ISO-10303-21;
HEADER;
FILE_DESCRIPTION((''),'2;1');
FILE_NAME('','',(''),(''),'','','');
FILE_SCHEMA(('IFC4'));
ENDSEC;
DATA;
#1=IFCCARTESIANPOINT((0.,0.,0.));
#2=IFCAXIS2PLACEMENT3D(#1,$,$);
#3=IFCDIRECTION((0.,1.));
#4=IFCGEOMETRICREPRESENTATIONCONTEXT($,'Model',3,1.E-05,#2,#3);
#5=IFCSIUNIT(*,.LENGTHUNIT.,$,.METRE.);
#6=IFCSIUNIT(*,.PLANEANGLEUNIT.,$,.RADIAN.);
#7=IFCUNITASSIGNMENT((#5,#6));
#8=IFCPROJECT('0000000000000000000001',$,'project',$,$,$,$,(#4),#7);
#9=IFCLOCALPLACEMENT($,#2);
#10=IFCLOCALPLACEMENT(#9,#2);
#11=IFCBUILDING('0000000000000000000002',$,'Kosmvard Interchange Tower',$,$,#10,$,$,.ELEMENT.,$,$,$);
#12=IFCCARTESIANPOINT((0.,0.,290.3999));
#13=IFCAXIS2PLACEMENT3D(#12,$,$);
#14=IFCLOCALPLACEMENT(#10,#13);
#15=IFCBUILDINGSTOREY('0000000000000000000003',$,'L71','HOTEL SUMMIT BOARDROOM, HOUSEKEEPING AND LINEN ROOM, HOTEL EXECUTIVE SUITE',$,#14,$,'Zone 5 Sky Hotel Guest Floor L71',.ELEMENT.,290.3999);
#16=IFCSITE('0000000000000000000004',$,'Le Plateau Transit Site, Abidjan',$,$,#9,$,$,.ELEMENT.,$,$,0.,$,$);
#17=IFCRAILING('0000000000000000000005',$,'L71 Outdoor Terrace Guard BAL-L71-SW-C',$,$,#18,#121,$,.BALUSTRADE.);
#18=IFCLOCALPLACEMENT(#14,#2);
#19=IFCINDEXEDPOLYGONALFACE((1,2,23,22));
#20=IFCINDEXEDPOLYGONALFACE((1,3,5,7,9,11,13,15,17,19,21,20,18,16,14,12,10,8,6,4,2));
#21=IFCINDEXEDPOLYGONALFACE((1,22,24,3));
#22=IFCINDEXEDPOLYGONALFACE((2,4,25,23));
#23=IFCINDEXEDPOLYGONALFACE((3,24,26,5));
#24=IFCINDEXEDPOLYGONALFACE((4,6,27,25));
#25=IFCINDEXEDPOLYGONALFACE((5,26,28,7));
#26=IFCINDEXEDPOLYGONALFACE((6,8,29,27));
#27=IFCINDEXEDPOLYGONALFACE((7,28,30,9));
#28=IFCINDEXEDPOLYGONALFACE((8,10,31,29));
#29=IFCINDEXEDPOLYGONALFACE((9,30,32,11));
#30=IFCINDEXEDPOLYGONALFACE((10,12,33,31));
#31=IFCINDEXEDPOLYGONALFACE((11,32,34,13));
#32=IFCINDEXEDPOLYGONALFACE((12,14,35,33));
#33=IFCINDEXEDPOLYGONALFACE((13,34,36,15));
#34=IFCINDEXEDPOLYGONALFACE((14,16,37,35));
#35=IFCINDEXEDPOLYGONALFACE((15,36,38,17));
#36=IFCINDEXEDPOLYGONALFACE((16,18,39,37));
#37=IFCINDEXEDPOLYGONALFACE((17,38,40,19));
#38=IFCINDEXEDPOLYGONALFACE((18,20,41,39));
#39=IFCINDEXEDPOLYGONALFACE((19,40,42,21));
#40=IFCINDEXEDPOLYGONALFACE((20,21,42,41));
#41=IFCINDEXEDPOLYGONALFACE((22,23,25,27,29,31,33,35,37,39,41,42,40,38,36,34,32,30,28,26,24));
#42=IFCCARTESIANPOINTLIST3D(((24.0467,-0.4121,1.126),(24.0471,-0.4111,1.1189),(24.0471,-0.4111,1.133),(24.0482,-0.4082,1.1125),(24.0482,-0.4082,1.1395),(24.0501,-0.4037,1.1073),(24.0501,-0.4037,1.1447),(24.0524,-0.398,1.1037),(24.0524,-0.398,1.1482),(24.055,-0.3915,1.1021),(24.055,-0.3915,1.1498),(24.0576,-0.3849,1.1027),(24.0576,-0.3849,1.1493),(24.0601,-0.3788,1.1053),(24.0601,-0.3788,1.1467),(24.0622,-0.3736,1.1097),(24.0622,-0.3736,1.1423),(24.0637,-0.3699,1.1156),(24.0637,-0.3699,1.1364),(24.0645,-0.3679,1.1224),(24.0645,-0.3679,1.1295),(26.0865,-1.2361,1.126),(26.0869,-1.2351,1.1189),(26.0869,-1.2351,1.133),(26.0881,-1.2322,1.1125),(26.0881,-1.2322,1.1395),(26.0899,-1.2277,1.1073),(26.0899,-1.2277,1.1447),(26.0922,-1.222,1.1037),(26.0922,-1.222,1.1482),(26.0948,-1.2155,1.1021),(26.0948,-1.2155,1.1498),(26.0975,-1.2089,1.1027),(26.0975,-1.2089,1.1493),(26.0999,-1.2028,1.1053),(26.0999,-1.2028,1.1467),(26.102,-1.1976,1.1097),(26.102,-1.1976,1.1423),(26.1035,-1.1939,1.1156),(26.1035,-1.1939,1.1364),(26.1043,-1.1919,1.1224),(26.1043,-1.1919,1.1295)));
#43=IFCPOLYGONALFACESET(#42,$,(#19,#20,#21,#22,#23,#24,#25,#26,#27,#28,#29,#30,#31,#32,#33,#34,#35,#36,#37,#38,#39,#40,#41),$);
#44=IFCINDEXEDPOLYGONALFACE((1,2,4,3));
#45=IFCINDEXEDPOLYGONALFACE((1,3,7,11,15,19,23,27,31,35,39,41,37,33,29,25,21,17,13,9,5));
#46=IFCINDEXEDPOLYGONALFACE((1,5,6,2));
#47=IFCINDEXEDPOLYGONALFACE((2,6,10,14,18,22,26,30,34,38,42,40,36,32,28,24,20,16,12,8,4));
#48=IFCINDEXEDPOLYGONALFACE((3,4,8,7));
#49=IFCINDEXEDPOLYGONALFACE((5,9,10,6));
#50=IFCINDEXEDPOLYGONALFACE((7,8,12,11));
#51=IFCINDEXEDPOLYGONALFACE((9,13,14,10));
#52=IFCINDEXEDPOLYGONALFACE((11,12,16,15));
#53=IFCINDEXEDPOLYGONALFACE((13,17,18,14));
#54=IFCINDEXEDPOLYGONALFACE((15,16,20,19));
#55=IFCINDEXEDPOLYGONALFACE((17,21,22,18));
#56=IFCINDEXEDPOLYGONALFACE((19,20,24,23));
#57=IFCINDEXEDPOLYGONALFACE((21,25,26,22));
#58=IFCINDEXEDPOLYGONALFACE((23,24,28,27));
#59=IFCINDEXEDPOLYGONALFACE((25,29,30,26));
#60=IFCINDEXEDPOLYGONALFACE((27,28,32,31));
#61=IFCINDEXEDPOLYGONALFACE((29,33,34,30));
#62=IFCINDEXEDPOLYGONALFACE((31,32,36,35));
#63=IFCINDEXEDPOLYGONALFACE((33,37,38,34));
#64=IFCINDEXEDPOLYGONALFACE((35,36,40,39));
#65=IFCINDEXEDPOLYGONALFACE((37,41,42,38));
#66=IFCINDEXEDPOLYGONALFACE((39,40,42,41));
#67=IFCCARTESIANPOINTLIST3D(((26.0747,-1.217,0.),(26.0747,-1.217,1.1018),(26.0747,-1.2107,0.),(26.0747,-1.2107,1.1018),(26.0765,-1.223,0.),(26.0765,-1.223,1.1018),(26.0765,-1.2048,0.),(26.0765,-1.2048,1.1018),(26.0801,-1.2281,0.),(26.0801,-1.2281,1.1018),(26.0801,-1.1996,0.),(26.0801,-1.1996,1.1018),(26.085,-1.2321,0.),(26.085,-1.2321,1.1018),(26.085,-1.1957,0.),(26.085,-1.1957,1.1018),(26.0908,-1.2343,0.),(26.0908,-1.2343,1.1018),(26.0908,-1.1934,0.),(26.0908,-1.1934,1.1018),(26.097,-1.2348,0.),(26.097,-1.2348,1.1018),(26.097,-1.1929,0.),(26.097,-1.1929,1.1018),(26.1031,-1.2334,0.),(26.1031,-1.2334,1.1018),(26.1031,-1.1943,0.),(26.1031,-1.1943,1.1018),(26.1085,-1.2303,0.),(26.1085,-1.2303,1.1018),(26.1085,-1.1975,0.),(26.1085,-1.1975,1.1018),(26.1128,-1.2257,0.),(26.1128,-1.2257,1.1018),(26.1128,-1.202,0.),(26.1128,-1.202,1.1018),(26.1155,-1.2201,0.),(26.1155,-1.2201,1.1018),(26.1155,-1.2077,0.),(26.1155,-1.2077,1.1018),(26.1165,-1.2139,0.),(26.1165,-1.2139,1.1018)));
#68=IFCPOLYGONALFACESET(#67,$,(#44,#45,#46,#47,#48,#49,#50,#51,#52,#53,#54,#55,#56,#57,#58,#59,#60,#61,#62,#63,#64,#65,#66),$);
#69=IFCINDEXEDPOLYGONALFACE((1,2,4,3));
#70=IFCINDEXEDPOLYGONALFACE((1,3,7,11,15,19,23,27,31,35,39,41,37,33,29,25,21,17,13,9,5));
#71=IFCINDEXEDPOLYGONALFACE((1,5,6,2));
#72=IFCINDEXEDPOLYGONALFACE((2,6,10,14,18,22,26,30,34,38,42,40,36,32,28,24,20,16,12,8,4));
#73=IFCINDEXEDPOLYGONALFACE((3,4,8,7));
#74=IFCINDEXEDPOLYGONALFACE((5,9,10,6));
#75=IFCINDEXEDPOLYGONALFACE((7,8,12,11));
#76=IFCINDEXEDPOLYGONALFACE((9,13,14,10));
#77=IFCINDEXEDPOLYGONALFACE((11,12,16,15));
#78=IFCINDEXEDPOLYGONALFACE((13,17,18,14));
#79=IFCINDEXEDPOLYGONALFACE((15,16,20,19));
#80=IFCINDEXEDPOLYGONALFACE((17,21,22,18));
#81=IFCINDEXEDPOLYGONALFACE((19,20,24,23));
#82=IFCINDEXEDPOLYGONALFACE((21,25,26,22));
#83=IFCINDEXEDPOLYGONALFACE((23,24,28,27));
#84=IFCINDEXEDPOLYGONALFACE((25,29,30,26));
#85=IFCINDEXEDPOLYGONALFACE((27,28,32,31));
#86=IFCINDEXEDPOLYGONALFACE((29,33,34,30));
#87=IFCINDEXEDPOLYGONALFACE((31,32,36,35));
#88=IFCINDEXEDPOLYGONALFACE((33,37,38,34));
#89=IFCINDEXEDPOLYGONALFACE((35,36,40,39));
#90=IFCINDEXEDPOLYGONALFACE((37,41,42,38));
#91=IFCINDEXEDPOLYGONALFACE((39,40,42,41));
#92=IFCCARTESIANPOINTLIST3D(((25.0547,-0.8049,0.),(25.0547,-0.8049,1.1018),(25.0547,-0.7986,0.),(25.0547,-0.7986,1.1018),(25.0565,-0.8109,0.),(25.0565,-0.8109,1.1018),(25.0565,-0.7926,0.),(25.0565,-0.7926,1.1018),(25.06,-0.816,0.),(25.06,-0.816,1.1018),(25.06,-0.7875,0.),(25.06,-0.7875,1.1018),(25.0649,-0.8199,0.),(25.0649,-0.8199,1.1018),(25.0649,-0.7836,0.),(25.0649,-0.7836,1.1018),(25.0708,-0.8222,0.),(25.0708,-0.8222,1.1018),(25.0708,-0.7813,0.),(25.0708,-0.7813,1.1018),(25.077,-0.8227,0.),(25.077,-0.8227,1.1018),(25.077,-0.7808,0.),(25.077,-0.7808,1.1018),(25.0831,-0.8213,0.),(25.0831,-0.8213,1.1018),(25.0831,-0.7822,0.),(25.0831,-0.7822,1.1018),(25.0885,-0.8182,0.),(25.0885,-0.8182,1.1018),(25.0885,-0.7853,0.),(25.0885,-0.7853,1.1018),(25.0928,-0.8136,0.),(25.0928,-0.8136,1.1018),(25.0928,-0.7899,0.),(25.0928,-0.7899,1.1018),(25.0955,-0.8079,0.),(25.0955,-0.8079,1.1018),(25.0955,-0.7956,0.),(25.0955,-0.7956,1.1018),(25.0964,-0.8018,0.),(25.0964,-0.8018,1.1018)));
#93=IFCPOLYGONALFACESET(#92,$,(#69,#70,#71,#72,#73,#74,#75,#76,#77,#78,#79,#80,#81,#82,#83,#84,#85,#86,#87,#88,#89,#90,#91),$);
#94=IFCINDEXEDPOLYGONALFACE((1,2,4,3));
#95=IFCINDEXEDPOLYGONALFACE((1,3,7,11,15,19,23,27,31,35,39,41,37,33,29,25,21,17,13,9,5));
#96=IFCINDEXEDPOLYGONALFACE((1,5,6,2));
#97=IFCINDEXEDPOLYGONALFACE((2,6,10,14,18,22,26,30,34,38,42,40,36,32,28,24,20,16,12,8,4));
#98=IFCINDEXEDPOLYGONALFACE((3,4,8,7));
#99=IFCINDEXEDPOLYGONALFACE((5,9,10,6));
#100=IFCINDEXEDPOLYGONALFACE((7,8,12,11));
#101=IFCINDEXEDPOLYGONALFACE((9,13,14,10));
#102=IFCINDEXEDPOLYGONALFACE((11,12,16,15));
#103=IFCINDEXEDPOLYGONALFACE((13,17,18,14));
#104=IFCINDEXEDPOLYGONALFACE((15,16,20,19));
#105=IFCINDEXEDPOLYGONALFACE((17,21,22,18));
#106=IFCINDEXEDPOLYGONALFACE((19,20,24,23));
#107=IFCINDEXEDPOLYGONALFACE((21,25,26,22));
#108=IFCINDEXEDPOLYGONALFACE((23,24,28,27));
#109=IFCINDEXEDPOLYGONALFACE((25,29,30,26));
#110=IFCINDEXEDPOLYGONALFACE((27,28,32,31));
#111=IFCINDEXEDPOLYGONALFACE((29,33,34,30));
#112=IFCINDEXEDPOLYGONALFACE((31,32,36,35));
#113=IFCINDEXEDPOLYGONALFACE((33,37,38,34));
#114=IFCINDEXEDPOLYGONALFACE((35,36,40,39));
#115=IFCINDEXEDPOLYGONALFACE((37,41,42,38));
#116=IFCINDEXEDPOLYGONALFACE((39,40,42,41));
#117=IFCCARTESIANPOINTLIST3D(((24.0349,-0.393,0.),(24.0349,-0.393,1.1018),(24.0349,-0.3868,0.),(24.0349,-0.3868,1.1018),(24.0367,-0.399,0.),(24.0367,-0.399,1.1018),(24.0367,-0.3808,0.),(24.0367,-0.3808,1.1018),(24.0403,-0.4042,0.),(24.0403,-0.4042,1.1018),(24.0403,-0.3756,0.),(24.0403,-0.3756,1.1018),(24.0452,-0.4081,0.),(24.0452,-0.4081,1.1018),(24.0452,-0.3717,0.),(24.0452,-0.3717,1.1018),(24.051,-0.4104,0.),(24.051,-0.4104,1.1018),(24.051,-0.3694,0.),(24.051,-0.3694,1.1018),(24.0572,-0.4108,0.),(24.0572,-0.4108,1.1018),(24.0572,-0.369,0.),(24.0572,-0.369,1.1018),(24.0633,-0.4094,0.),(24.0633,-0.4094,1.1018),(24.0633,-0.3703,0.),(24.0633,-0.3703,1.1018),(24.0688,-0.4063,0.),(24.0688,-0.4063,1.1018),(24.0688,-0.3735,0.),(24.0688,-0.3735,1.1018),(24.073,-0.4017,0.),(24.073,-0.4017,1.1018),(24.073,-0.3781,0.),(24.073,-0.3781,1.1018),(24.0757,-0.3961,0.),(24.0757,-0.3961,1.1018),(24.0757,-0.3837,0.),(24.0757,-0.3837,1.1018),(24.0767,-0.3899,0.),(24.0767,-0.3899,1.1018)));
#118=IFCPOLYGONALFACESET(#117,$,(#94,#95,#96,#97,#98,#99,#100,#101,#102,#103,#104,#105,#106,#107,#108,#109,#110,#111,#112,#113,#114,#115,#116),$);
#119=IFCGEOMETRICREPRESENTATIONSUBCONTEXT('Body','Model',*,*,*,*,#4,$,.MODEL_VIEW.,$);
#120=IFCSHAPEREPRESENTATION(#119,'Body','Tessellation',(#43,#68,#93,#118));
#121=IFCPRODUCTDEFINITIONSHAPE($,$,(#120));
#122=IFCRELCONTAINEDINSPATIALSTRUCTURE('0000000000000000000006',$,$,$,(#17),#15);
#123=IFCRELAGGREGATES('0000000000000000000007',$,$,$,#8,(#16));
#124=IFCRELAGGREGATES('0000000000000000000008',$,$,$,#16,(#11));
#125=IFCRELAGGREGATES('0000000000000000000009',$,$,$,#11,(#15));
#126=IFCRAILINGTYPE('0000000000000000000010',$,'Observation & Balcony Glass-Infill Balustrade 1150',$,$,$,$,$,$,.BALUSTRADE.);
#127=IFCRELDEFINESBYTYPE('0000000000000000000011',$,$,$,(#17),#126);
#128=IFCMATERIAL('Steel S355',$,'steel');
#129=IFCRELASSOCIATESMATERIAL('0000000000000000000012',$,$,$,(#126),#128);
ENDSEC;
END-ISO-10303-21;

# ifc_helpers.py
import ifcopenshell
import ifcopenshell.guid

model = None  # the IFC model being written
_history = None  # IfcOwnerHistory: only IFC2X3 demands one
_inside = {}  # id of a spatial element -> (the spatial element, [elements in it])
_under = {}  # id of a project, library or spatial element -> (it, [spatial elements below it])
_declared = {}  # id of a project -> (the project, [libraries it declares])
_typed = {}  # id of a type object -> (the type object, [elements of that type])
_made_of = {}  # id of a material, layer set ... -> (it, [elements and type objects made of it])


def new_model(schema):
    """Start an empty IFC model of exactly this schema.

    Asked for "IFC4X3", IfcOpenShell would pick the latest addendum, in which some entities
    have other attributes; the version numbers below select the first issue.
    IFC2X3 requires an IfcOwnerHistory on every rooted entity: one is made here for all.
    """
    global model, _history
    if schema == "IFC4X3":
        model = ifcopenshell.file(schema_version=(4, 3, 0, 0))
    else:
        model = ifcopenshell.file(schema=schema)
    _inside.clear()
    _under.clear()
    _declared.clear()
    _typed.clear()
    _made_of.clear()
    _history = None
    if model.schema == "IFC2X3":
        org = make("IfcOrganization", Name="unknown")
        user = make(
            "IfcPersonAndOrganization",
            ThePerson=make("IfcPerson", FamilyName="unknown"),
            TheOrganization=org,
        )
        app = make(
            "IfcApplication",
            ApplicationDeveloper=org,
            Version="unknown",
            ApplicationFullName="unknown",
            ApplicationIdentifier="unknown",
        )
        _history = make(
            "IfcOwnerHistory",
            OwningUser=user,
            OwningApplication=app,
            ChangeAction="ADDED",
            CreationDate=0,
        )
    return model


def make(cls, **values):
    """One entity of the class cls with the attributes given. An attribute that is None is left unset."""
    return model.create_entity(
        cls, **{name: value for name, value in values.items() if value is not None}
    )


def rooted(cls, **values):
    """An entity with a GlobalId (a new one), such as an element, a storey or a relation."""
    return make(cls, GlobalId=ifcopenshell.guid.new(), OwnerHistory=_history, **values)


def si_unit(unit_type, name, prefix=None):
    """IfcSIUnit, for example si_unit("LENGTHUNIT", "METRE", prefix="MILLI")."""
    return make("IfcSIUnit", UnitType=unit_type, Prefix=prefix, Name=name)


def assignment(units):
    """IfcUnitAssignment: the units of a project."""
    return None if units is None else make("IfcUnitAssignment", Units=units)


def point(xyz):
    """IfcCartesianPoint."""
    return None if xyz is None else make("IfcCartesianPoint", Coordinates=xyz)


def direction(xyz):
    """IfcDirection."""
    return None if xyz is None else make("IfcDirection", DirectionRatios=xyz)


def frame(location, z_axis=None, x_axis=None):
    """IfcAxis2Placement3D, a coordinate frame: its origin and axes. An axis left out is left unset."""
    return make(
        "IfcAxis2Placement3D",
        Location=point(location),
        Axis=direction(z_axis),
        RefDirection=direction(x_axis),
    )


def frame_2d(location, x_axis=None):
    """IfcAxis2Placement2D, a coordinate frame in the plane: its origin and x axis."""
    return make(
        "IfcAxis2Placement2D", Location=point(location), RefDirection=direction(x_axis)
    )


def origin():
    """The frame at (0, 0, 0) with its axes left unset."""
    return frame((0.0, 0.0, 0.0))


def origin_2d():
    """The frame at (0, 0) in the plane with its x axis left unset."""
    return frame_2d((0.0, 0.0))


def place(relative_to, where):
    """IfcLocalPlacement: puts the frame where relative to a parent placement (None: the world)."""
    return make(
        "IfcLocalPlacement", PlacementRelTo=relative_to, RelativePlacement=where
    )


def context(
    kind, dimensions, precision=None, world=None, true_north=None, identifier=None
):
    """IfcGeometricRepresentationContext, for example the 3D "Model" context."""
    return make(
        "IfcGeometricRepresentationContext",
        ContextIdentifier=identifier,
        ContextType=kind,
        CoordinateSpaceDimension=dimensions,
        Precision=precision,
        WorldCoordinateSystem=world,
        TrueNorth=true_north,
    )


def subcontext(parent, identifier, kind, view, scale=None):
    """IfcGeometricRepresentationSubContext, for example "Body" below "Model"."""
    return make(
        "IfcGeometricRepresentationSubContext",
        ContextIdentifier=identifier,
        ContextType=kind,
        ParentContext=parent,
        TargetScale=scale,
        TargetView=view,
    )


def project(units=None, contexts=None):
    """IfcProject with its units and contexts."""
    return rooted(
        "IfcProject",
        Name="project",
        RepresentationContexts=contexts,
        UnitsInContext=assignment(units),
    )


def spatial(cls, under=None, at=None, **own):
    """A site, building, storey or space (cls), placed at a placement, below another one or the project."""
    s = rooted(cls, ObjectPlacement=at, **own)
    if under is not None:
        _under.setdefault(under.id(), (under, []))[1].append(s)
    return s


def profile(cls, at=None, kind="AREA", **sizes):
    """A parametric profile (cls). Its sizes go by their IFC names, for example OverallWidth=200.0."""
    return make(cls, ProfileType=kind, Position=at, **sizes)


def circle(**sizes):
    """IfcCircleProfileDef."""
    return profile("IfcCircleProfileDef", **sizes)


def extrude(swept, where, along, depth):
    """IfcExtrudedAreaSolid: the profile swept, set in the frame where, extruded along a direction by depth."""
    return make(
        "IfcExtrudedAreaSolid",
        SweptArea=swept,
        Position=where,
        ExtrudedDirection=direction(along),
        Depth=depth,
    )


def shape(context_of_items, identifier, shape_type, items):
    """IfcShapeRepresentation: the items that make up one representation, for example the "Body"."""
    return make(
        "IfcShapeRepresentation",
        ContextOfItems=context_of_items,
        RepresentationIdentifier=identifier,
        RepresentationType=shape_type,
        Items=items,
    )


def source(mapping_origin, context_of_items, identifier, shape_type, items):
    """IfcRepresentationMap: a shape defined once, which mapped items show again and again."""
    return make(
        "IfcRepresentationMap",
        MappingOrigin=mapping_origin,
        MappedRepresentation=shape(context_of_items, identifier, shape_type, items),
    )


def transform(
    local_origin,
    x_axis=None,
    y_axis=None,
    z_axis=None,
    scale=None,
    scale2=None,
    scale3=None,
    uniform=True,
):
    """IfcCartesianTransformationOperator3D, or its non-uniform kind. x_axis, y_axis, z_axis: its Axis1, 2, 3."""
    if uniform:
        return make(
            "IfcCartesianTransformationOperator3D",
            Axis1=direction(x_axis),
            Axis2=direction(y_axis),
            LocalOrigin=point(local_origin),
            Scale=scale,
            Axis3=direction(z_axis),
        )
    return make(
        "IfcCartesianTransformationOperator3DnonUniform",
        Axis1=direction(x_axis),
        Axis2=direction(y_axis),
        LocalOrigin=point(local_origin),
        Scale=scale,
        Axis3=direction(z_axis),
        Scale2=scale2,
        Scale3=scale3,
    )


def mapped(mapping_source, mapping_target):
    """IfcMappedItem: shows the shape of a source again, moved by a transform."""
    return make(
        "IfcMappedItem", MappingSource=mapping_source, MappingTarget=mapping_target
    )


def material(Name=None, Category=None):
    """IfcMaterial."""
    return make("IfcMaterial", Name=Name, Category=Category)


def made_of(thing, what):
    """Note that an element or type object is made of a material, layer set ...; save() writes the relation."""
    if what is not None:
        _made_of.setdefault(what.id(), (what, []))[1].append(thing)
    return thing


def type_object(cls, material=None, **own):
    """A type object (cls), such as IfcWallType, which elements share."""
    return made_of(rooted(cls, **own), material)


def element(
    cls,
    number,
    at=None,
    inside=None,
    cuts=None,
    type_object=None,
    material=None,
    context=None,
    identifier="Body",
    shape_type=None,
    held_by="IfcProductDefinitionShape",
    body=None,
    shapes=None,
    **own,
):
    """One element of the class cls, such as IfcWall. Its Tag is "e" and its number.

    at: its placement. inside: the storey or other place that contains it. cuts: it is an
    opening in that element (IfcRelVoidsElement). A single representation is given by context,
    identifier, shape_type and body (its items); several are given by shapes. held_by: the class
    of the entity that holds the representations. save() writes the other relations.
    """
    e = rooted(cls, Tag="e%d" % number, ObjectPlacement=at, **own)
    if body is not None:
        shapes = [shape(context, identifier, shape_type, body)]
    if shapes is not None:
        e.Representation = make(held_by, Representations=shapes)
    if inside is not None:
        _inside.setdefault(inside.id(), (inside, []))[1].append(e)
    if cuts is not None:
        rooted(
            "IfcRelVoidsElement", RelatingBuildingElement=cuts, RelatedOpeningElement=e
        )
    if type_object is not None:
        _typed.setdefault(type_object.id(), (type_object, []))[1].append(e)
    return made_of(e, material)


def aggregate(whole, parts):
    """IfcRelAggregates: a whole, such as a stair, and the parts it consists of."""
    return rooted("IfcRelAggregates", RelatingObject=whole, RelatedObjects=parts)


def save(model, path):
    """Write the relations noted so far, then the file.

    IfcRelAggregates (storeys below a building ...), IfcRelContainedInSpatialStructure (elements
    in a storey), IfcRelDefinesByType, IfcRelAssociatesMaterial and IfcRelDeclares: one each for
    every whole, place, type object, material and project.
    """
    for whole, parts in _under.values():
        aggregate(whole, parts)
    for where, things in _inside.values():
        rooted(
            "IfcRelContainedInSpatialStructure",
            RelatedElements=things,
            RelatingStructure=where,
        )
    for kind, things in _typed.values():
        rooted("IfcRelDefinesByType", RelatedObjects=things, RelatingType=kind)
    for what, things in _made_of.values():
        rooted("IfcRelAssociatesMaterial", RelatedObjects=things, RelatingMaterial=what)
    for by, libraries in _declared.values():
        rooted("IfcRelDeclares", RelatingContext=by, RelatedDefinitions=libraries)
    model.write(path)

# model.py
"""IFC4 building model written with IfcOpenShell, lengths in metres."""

from ifc_helpers import new_model, si_unit, direction, frame, origin, origin_2d, place, context, subcontext, project, spatial, circle, extrude, source, transform, mapped, material, type_object, element, save


model = new_model("IFC4")

# Units and contexts
model_context = context("Model", 3, precision=1e-05, world=origin(), true_north=direction((0.0, 1.0)))
body_context = subcontext(model_context, "Body", "Model", "MODEL_VIEW")
ifc_project = project(units=[si_unit("LENGTHUNIT", "METRE"), si_unit("PLANEANGLEUNIT", "RADIAN")], contexts=[model_context])

# Site, building, storey
site_placement = place(None, origin())
site = spatial("IfcSite", under=ifc_project, at=site_placement, Name="Le Plateau Transit Site, Abidjan", CompositionType="ELEMENT", RefElevation=0.0)
building_placement = place(site_placement, origin())
building = spatial("IfcBuilding", under=site, at=building_placement, Name="Kosmvard Interchange Tower", CompositionType="ELEMENT")
storey_placement = place(building_placement, frame((0.0, 0.0, 290.3999)))
storey = spatial("IfcBuildingStorey", under=building, at=storey_placement, Name="L71", Description="HOTEL SUMMIT BOARDROOM, HOUSEKEEPING AND LINEN ROOM, HOTEL EXECUTIVE SUITE", LongName="Zone 5 Sky Hotel Guest Floor L71", CompositionType="ELEMENT", Elevation=290.3999)

# Shared definitions
ifc_material_1 = material(Name="Steel S355", Category="steel")

# Railing
railing_type = type_object("IfcRailingType", Name="Observation & Balcony Glass-Infill Balustrade 1150", PredefinedType="BALUSTRADE", material=ifc_material_1)
shared_shape_1 = source(origin(), body_context, "Body", "SweptSolid", [
    extrude(circle(Radius=0.0239, at=origin_2d()), frame((0.0, 0.0, 1.126), z_axis=(-0.927208, 0.374546, 0.0), x_axis=(-0.374546, -0.927208, 0.0)), (0.0, 0.0, 1.0), 2.2),
    extrude(circle(Radius=0.021, at=origin_2d()), origin(), (0.0, 0.0, 1.0), 1.1018),
    extrude(circle(Radius=0.021, at=origin_2d()), frame((-1.02, 0.4121, 0.0)), (0.0, 0.0, 1.0), 1.1018),
    extrude(circle(Radius=0.021, at=origin_2d()), frame((-2.0398, 0.824, 0.0)), (0.0, 0.0, 1.0), 1.1018),
])
railing_1_placement = place(storey_placement, frame((26.0955, -1.2139, 0.0)))
element("IfcRailing", 1, at=railing_1_placement, inside=storey, type_object=railing_type, Name="L71 Outdoor Terrace Guard BAL-L71-SW-C", PredefinedType="BALUSTRADE", context=body_context, shape_type="MappedRepresentation", body=[
    mapped(shared_shape_1, transform((0.0, 0.0, 0.0), scale=1.0)),
])

save(model, "model.ifc")
